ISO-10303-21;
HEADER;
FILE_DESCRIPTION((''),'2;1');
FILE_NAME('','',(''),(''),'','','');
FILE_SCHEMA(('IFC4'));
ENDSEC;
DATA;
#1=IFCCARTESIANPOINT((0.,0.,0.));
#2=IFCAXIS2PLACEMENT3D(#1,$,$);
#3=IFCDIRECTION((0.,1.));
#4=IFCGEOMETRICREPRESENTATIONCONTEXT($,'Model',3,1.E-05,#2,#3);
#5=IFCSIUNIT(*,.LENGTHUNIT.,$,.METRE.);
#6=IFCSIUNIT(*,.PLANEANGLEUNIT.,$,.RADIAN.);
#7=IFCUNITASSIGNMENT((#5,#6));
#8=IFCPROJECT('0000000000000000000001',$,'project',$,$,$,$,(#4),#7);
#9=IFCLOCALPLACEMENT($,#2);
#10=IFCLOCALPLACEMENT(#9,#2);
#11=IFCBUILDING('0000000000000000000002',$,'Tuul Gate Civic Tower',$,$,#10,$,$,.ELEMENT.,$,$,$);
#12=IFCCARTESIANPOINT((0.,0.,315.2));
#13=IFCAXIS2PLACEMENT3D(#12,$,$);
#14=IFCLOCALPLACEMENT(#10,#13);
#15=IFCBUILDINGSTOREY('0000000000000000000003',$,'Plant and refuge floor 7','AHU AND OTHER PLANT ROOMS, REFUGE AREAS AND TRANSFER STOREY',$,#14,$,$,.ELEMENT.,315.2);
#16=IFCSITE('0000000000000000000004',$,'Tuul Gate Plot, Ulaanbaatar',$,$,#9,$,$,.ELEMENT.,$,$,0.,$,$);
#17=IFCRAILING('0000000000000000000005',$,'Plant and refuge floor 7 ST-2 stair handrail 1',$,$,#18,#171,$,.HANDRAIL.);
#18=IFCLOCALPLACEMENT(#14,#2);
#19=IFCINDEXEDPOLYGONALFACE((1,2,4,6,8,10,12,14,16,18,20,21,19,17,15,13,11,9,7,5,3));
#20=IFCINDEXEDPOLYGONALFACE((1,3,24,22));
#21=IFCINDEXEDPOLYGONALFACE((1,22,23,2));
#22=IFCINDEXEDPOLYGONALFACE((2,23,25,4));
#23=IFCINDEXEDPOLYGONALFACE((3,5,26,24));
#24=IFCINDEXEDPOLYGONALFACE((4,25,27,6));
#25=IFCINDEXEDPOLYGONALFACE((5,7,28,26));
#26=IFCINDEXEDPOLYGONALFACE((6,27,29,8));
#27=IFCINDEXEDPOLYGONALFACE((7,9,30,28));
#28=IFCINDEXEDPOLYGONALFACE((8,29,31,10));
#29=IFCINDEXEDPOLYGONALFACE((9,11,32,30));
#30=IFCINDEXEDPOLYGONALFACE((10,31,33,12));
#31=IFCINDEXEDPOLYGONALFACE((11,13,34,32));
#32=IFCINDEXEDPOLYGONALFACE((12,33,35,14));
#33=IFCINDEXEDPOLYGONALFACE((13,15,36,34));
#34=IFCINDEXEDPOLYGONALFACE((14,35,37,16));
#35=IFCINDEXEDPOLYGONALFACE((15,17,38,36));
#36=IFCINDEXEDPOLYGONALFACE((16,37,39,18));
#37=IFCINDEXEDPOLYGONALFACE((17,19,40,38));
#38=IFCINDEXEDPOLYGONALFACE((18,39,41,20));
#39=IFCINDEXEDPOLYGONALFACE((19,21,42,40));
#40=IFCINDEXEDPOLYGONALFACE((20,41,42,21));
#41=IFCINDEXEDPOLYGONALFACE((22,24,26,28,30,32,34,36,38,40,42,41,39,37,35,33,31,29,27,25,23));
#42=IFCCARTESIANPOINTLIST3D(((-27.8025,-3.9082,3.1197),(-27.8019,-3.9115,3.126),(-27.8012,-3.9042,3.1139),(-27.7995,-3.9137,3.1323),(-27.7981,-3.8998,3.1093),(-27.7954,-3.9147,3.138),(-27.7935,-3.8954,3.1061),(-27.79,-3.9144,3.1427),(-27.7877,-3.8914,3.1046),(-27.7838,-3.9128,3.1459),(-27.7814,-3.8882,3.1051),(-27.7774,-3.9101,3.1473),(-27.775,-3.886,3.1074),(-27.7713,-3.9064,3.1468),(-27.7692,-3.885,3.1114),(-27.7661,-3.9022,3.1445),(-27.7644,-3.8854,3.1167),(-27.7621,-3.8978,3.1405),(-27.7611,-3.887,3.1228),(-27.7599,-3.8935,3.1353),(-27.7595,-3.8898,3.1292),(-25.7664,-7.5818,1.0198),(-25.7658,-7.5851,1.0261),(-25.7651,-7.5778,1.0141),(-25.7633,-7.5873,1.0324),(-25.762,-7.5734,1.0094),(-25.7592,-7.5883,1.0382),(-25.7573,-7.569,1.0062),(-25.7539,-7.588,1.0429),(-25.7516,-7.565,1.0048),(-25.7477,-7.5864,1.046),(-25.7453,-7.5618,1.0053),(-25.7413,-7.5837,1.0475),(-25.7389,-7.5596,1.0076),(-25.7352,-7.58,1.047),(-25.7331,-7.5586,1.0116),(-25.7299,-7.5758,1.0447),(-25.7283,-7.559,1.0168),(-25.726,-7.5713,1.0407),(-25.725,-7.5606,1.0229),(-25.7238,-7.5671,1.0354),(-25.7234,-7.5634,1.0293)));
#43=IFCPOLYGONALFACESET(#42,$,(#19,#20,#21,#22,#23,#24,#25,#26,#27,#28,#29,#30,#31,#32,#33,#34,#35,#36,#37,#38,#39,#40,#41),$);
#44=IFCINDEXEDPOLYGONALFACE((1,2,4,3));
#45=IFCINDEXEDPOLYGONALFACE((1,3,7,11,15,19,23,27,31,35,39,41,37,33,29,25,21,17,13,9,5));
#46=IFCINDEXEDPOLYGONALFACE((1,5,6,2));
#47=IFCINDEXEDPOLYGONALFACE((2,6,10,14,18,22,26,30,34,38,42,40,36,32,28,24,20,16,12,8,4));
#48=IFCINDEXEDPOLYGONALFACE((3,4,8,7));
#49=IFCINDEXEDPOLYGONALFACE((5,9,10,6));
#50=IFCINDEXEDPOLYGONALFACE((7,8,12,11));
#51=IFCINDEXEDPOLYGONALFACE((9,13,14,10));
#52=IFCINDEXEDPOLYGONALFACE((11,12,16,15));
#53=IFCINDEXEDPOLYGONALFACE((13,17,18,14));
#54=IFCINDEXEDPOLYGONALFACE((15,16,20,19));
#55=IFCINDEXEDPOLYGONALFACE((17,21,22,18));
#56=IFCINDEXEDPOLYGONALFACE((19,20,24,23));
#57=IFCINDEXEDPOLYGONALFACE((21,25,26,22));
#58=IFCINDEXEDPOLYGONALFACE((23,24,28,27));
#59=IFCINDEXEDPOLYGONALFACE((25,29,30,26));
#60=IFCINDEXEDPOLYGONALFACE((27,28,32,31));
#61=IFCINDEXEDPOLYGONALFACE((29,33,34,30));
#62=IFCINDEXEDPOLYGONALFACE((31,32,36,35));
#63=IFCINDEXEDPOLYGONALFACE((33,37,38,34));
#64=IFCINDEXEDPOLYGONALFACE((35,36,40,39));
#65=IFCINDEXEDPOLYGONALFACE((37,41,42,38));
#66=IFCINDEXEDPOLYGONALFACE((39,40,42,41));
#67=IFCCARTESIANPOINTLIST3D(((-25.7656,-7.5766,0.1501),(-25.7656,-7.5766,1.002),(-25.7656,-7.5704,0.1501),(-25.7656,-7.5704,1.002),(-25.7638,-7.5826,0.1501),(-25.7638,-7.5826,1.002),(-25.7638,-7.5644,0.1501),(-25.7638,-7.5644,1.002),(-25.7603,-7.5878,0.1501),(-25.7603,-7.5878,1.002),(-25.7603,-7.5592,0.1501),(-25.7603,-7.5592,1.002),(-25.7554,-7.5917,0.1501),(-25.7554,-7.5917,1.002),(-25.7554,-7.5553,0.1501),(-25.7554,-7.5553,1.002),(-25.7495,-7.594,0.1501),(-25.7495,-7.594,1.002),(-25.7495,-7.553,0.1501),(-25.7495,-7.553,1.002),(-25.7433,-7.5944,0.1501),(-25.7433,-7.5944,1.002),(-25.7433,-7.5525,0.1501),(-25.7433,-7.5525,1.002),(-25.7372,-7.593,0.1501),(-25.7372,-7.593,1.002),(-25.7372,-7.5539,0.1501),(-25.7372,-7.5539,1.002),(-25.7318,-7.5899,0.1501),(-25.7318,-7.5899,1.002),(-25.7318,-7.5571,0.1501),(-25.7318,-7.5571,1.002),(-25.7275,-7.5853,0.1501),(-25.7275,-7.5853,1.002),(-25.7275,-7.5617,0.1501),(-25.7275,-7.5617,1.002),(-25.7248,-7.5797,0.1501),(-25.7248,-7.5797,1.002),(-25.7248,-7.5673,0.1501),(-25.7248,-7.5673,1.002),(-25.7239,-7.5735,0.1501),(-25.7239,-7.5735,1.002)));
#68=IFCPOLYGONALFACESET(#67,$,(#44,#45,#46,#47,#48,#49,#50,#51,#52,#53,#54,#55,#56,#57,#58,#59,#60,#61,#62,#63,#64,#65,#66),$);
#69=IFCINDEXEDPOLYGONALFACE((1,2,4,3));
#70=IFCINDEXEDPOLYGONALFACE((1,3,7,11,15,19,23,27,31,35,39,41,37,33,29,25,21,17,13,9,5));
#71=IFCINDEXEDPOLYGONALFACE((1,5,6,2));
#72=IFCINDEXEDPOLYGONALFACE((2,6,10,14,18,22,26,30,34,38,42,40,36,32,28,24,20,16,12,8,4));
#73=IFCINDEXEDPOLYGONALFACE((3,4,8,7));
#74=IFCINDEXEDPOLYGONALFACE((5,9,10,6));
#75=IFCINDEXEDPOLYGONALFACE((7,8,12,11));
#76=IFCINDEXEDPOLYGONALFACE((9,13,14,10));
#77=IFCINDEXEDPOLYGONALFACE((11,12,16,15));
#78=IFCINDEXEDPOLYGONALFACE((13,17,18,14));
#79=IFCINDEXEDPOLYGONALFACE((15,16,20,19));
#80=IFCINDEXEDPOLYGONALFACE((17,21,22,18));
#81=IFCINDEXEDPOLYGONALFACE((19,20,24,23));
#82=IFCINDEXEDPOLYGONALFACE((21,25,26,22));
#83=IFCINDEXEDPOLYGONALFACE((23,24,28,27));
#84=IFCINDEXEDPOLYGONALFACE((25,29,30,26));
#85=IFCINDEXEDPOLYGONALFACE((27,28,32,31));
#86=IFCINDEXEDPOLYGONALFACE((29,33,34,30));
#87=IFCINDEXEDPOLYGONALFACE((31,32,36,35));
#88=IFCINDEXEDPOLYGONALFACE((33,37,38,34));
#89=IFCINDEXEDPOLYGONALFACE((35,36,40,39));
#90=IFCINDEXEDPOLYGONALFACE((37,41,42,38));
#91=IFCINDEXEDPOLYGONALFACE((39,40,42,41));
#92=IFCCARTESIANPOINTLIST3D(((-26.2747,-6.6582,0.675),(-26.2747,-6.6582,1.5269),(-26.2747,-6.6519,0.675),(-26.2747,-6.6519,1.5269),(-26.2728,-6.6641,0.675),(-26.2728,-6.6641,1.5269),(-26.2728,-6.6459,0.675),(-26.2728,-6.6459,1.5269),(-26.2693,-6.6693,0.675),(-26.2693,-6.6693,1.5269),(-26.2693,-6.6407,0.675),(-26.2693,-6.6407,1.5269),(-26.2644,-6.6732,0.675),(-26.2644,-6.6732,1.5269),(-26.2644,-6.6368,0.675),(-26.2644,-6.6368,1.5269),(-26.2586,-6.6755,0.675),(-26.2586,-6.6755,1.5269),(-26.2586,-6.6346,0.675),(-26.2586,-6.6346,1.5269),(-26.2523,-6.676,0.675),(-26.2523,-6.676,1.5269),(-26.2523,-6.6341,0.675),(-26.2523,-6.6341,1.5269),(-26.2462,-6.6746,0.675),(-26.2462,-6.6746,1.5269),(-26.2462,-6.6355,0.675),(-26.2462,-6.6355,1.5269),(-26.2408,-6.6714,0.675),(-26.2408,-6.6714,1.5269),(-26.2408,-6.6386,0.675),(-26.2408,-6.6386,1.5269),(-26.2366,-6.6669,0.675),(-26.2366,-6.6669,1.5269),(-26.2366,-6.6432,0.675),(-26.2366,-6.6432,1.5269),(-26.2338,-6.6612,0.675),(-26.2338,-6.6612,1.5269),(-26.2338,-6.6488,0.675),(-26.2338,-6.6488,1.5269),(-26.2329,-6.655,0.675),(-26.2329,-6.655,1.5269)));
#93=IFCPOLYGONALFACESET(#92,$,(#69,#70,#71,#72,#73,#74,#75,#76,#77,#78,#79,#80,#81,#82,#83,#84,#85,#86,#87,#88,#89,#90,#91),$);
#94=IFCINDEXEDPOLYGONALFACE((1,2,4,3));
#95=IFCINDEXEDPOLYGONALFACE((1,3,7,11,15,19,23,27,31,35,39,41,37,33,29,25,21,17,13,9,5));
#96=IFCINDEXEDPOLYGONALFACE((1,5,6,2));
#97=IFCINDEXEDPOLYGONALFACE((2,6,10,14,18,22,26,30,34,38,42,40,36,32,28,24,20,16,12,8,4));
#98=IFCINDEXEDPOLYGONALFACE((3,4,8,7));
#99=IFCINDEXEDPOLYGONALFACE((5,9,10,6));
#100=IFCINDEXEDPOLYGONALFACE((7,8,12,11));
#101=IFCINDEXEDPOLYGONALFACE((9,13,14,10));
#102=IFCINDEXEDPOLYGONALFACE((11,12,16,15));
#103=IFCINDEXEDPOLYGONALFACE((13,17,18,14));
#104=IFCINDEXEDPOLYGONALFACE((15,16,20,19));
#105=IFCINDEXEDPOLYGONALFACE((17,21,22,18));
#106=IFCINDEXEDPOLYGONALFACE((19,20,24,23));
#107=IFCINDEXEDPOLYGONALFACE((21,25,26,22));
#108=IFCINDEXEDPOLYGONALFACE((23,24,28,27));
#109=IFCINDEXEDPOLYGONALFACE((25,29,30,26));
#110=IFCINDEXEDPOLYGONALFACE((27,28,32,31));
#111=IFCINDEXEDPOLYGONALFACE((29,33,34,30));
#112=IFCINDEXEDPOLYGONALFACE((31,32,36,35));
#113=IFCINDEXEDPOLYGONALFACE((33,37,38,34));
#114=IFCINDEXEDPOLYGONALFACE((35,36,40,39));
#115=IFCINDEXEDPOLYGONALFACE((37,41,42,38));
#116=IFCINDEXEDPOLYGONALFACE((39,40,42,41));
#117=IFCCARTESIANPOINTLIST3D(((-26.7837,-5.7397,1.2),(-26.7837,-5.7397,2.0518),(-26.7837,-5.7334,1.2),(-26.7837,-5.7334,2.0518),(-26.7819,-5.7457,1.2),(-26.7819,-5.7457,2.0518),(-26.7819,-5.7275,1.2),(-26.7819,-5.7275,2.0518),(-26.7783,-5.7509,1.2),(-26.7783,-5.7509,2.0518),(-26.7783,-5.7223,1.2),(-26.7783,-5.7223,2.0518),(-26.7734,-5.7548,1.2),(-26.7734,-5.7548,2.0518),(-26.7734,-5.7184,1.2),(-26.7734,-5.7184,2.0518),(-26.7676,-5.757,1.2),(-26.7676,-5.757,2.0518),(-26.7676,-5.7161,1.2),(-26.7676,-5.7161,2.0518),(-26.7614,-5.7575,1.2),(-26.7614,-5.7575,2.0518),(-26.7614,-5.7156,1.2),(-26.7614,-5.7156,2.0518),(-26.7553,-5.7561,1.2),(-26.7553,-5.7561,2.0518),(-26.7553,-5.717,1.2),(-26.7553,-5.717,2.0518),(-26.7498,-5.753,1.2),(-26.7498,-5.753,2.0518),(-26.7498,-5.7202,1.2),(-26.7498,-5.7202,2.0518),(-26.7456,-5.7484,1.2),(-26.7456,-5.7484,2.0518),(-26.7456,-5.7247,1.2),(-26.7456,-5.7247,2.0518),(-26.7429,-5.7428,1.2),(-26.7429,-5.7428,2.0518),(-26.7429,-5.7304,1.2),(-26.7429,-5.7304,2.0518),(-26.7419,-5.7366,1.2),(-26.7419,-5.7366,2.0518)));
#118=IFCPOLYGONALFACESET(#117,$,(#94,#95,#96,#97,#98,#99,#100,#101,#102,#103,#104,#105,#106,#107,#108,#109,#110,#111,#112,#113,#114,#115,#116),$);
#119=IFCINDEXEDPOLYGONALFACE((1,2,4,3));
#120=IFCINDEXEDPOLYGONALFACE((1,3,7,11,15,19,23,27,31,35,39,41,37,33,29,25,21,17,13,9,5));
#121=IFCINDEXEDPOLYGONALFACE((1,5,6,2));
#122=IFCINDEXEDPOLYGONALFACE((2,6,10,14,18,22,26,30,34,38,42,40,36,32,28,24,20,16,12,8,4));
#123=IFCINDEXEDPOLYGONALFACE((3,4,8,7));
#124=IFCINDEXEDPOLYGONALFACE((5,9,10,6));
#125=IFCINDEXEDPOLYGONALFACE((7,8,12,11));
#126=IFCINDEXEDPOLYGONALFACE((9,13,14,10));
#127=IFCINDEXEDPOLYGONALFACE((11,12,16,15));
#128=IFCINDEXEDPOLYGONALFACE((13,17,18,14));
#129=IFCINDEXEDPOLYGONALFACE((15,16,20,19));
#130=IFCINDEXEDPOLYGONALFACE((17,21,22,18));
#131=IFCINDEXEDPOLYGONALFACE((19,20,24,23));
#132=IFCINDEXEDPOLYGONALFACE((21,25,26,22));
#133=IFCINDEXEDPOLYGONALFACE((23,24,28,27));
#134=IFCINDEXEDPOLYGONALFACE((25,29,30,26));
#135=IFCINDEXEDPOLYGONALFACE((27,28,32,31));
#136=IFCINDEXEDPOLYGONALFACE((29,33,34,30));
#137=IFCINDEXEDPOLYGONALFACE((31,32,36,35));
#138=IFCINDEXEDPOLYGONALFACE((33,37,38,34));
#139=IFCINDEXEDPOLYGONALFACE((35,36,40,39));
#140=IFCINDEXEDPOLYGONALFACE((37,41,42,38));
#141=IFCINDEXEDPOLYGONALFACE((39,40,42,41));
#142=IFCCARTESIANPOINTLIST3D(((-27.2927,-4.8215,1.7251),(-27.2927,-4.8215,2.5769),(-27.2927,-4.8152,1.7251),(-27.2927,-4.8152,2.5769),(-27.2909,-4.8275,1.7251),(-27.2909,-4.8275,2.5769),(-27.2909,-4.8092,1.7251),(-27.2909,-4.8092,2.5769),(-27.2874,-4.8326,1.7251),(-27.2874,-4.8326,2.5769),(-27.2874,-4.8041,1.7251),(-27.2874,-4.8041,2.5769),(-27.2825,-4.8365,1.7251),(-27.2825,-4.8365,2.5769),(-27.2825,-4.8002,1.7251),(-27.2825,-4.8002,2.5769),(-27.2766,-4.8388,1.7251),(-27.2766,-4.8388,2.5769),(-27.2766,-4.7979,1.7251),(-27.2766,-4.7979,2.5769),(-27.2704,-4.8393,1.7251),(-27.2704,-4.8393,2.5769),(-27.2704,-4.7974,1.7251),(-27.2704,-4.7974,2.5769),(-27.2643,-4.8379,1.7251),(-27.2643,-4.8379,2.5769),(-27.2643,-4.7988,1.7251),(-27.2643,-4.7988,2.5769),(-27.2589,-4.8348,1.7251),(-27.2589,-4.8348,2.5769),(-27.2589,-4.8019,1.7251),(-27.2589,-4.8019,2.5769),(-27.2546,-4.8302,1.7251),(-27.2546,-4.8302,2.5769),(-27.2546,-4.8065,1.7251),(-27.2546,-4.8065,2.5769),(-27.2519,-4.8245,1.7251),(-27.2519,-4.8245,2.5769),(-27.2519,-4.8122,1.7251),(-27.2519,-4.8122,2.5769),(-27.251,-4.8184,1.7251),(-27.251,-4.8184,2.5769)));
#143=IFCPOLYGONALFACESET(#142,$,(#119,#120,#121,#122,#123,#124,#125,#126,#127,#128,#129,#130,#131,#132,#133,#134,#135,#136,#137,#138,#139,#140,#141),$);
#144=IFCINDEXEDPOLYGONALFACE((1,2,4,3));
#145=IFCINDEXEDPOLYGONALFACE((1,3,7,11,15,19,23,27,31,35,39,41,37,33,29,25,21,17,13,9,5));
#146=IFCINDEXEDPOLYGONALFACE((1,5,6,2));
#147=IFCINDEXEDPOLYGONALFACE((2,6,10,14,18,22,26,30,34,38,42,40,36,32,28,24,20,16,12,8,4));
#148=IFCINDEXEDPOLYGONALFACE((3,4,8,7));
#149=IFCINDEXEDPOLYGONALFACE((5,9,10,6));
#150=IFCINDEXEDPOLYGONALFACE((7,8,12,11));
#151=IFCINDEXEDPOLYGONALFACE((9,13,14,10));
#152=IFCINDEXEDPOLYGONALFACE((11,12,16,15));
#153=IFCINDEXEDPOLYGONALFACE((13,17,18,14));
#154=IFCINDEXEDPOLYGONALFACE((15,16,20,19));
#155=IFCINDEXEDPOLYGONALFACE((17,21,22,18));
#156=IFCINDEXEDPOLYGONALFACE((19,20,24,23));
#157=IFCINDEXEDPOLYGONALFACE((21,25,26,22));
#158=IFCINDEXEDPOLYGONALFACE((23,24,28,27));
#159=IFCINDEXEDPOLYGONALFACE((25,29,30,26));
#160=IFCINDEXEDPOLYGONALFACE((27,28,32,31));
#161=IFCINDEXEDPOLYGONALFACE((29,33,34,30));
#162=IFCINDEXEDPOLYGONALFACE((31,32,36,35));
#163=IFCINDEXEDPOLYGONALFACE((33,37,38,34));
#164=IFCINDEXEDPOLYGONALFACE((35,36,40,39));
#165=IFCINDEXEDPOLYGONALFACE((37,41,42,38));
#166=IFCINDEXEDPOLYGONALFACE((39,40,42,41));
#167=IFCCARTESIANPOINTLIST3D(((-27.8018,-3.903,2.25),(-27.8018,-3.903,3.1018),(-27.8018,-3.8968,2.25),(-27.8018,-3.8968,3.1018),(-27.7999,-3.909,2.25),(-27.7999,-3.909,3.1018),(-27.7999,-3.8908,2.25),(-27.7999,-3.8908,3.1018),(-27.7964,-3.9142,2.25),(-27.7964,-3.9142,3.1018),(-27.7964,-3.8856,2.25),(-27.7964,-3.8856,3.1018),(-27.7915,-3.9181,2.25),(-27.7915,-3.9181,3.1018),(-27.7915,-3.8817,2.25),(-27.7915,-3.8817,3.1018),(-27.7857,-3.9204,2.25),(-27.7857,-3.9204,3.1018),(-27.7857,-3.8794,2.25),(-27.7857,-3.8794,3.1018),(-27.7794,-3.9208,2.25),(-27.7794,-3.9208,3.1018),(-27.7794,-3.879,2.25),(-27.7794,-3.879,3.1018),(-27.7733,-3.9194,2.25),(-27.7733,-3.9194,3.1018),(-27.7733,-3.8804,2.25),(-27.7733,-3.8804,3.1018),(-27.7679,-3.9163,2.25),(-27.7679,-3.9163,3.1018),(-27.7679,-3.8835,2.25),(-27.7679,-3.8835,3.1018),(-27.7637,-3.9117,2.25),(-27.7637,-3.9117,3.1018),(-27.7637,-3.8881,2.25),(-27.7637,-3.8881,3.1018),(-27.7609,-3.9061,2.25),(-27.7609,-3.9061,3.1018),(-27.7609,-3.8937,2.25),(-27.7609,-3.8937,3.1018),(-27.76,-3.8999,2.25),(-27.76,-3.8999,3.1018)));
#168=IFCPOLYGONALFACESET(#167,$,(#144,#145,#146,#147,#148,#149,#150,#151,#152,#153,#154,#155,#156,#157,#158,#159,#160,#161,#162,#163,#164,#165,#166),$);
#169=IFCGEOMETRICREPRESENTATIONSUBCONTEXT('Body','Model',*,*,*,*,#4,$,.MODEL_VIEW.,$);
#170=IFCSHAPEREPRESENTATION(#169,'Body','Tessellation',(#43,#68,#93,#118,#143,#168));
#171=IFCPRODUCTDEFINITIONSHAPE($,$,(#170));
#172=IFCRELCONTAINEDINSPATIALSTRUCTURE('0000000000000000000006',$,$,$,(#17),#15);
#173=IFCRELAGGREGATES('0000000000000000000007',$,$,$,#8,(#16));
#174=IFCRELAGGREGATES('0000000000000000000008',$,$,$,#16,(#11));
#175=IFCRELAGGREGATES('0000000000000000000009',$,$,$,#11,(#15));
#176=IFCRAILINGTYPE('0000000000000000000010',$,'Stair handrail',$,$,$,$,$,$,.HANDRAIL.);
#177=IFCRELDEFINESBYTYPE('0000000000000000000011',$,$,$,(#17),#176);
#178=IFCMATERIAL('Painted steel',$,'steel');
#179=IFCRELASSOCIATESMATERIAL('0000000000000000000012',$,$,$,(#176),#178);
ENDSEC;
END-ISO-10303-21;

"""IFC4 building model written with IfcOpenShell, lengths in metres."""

from ifc_helpers import new_model, si_unit, direction, frame, origin, origin_2d, place, context, subcontext, project, spatial, circle, extrude, material, type_object, element, save


model = new_model("IFC4")

# Units and contexts
model_context = context("Model", 3, precision=1e-05, world=origin(), true_north=direction((0.0, 1.0)))
body_context = subcontext(model_context, "Body", "Model", "MODEL_VIEW")
ifc_project = project(units=[si_unit("LENGTHUNIT", "METRE"), si_unit("PLANEANGLEUNIT", "RADIAN")], contexts=[model_context])

# Site, building, storey
site_placement = place(None, origin())
site = spatial("IfcSite", under=ifc_project, at=site_placement, Name="Tuul Gate Plot, Ulaanbaatar", CompositionType="ELEMENT", RefElevation=0.0)
building_placement = place(site_placement, origin())
building = spatial("IfcBuilding", under=site, at=building_placement, Name="Tuul Gate Civic Tower", CompositionType="ELEMENT")
storey_placement = place(building_placement, frame((0.0, 0.0, 315.2)))
storey = spatial("IfcBuildingStorey", under=building, at=storey_placement, Name="Plant and refuge floor 7", Description="AHU AND OTHER PLANT ROOMS, REFUGE AREAS AND TRANSFER STOREY", CompositionType="ELEMENT", Elevation=315.2)

# Railing
ifc_material_1 = material(Name="Painted steel", Category="steel")
railing_type_1 = type_object("IfcRailingType", Name="Stair handrail", PredefinedType="HANDRAIL", material=ifc_material_1)
railing_1_placement = place(storey_placement, frame((-25.7449, -7.5735, 0.1501)))
element("IfcRailing", 1, at=railing_1_placement, inside=storey, type_object=railing_type_1, Name="Plant and refuge floor 7 ST-2 stair handrail 1", PredefinedType="HANDRAIL", context=body_context, shape_type="SweptSolid", body=[
    extrude(circle(Radius=0.0239, at=origin_2d()), frame((0.0, 0.0, 0.876), z_axis=(-0.433608, 0.782314, 0.447178), x_axis=(-0.874637, -0.484779, 0.0)), (0.0, 0.0, 1.0), 4.6958),
    extrude(circle(Radius=0.021, at=origin_2d()), origin(), (0.0, 0.0, 1.0), 0.8518),
    extrude(circle(Radius=0.021, at=origin_2d()), frame((-0.509, 0.9185, 0.5249)), (0.0, 0.0, 1.0), 0.8518),
    extrude(circle(Radius=0.021, at=origin_2d()), frame((-1.0181, 1.8369, 1.0498)), (0.0, 0.0, 1.0), 0.8518),
    extrude(circle(Radius=0.021, at=origin_2d()), frame((-1.5271, 2.7551, 1.575)), (0.0, 0.0, 1.0), 0.8518),
    extrude(circle(Radius=0.021, at=origin_2d()), frame((-2.0361, 3.6736, 2.0999)), (0.0, 0.0, 1.0), 0.8518),
])

save(model, "model.ifc")
